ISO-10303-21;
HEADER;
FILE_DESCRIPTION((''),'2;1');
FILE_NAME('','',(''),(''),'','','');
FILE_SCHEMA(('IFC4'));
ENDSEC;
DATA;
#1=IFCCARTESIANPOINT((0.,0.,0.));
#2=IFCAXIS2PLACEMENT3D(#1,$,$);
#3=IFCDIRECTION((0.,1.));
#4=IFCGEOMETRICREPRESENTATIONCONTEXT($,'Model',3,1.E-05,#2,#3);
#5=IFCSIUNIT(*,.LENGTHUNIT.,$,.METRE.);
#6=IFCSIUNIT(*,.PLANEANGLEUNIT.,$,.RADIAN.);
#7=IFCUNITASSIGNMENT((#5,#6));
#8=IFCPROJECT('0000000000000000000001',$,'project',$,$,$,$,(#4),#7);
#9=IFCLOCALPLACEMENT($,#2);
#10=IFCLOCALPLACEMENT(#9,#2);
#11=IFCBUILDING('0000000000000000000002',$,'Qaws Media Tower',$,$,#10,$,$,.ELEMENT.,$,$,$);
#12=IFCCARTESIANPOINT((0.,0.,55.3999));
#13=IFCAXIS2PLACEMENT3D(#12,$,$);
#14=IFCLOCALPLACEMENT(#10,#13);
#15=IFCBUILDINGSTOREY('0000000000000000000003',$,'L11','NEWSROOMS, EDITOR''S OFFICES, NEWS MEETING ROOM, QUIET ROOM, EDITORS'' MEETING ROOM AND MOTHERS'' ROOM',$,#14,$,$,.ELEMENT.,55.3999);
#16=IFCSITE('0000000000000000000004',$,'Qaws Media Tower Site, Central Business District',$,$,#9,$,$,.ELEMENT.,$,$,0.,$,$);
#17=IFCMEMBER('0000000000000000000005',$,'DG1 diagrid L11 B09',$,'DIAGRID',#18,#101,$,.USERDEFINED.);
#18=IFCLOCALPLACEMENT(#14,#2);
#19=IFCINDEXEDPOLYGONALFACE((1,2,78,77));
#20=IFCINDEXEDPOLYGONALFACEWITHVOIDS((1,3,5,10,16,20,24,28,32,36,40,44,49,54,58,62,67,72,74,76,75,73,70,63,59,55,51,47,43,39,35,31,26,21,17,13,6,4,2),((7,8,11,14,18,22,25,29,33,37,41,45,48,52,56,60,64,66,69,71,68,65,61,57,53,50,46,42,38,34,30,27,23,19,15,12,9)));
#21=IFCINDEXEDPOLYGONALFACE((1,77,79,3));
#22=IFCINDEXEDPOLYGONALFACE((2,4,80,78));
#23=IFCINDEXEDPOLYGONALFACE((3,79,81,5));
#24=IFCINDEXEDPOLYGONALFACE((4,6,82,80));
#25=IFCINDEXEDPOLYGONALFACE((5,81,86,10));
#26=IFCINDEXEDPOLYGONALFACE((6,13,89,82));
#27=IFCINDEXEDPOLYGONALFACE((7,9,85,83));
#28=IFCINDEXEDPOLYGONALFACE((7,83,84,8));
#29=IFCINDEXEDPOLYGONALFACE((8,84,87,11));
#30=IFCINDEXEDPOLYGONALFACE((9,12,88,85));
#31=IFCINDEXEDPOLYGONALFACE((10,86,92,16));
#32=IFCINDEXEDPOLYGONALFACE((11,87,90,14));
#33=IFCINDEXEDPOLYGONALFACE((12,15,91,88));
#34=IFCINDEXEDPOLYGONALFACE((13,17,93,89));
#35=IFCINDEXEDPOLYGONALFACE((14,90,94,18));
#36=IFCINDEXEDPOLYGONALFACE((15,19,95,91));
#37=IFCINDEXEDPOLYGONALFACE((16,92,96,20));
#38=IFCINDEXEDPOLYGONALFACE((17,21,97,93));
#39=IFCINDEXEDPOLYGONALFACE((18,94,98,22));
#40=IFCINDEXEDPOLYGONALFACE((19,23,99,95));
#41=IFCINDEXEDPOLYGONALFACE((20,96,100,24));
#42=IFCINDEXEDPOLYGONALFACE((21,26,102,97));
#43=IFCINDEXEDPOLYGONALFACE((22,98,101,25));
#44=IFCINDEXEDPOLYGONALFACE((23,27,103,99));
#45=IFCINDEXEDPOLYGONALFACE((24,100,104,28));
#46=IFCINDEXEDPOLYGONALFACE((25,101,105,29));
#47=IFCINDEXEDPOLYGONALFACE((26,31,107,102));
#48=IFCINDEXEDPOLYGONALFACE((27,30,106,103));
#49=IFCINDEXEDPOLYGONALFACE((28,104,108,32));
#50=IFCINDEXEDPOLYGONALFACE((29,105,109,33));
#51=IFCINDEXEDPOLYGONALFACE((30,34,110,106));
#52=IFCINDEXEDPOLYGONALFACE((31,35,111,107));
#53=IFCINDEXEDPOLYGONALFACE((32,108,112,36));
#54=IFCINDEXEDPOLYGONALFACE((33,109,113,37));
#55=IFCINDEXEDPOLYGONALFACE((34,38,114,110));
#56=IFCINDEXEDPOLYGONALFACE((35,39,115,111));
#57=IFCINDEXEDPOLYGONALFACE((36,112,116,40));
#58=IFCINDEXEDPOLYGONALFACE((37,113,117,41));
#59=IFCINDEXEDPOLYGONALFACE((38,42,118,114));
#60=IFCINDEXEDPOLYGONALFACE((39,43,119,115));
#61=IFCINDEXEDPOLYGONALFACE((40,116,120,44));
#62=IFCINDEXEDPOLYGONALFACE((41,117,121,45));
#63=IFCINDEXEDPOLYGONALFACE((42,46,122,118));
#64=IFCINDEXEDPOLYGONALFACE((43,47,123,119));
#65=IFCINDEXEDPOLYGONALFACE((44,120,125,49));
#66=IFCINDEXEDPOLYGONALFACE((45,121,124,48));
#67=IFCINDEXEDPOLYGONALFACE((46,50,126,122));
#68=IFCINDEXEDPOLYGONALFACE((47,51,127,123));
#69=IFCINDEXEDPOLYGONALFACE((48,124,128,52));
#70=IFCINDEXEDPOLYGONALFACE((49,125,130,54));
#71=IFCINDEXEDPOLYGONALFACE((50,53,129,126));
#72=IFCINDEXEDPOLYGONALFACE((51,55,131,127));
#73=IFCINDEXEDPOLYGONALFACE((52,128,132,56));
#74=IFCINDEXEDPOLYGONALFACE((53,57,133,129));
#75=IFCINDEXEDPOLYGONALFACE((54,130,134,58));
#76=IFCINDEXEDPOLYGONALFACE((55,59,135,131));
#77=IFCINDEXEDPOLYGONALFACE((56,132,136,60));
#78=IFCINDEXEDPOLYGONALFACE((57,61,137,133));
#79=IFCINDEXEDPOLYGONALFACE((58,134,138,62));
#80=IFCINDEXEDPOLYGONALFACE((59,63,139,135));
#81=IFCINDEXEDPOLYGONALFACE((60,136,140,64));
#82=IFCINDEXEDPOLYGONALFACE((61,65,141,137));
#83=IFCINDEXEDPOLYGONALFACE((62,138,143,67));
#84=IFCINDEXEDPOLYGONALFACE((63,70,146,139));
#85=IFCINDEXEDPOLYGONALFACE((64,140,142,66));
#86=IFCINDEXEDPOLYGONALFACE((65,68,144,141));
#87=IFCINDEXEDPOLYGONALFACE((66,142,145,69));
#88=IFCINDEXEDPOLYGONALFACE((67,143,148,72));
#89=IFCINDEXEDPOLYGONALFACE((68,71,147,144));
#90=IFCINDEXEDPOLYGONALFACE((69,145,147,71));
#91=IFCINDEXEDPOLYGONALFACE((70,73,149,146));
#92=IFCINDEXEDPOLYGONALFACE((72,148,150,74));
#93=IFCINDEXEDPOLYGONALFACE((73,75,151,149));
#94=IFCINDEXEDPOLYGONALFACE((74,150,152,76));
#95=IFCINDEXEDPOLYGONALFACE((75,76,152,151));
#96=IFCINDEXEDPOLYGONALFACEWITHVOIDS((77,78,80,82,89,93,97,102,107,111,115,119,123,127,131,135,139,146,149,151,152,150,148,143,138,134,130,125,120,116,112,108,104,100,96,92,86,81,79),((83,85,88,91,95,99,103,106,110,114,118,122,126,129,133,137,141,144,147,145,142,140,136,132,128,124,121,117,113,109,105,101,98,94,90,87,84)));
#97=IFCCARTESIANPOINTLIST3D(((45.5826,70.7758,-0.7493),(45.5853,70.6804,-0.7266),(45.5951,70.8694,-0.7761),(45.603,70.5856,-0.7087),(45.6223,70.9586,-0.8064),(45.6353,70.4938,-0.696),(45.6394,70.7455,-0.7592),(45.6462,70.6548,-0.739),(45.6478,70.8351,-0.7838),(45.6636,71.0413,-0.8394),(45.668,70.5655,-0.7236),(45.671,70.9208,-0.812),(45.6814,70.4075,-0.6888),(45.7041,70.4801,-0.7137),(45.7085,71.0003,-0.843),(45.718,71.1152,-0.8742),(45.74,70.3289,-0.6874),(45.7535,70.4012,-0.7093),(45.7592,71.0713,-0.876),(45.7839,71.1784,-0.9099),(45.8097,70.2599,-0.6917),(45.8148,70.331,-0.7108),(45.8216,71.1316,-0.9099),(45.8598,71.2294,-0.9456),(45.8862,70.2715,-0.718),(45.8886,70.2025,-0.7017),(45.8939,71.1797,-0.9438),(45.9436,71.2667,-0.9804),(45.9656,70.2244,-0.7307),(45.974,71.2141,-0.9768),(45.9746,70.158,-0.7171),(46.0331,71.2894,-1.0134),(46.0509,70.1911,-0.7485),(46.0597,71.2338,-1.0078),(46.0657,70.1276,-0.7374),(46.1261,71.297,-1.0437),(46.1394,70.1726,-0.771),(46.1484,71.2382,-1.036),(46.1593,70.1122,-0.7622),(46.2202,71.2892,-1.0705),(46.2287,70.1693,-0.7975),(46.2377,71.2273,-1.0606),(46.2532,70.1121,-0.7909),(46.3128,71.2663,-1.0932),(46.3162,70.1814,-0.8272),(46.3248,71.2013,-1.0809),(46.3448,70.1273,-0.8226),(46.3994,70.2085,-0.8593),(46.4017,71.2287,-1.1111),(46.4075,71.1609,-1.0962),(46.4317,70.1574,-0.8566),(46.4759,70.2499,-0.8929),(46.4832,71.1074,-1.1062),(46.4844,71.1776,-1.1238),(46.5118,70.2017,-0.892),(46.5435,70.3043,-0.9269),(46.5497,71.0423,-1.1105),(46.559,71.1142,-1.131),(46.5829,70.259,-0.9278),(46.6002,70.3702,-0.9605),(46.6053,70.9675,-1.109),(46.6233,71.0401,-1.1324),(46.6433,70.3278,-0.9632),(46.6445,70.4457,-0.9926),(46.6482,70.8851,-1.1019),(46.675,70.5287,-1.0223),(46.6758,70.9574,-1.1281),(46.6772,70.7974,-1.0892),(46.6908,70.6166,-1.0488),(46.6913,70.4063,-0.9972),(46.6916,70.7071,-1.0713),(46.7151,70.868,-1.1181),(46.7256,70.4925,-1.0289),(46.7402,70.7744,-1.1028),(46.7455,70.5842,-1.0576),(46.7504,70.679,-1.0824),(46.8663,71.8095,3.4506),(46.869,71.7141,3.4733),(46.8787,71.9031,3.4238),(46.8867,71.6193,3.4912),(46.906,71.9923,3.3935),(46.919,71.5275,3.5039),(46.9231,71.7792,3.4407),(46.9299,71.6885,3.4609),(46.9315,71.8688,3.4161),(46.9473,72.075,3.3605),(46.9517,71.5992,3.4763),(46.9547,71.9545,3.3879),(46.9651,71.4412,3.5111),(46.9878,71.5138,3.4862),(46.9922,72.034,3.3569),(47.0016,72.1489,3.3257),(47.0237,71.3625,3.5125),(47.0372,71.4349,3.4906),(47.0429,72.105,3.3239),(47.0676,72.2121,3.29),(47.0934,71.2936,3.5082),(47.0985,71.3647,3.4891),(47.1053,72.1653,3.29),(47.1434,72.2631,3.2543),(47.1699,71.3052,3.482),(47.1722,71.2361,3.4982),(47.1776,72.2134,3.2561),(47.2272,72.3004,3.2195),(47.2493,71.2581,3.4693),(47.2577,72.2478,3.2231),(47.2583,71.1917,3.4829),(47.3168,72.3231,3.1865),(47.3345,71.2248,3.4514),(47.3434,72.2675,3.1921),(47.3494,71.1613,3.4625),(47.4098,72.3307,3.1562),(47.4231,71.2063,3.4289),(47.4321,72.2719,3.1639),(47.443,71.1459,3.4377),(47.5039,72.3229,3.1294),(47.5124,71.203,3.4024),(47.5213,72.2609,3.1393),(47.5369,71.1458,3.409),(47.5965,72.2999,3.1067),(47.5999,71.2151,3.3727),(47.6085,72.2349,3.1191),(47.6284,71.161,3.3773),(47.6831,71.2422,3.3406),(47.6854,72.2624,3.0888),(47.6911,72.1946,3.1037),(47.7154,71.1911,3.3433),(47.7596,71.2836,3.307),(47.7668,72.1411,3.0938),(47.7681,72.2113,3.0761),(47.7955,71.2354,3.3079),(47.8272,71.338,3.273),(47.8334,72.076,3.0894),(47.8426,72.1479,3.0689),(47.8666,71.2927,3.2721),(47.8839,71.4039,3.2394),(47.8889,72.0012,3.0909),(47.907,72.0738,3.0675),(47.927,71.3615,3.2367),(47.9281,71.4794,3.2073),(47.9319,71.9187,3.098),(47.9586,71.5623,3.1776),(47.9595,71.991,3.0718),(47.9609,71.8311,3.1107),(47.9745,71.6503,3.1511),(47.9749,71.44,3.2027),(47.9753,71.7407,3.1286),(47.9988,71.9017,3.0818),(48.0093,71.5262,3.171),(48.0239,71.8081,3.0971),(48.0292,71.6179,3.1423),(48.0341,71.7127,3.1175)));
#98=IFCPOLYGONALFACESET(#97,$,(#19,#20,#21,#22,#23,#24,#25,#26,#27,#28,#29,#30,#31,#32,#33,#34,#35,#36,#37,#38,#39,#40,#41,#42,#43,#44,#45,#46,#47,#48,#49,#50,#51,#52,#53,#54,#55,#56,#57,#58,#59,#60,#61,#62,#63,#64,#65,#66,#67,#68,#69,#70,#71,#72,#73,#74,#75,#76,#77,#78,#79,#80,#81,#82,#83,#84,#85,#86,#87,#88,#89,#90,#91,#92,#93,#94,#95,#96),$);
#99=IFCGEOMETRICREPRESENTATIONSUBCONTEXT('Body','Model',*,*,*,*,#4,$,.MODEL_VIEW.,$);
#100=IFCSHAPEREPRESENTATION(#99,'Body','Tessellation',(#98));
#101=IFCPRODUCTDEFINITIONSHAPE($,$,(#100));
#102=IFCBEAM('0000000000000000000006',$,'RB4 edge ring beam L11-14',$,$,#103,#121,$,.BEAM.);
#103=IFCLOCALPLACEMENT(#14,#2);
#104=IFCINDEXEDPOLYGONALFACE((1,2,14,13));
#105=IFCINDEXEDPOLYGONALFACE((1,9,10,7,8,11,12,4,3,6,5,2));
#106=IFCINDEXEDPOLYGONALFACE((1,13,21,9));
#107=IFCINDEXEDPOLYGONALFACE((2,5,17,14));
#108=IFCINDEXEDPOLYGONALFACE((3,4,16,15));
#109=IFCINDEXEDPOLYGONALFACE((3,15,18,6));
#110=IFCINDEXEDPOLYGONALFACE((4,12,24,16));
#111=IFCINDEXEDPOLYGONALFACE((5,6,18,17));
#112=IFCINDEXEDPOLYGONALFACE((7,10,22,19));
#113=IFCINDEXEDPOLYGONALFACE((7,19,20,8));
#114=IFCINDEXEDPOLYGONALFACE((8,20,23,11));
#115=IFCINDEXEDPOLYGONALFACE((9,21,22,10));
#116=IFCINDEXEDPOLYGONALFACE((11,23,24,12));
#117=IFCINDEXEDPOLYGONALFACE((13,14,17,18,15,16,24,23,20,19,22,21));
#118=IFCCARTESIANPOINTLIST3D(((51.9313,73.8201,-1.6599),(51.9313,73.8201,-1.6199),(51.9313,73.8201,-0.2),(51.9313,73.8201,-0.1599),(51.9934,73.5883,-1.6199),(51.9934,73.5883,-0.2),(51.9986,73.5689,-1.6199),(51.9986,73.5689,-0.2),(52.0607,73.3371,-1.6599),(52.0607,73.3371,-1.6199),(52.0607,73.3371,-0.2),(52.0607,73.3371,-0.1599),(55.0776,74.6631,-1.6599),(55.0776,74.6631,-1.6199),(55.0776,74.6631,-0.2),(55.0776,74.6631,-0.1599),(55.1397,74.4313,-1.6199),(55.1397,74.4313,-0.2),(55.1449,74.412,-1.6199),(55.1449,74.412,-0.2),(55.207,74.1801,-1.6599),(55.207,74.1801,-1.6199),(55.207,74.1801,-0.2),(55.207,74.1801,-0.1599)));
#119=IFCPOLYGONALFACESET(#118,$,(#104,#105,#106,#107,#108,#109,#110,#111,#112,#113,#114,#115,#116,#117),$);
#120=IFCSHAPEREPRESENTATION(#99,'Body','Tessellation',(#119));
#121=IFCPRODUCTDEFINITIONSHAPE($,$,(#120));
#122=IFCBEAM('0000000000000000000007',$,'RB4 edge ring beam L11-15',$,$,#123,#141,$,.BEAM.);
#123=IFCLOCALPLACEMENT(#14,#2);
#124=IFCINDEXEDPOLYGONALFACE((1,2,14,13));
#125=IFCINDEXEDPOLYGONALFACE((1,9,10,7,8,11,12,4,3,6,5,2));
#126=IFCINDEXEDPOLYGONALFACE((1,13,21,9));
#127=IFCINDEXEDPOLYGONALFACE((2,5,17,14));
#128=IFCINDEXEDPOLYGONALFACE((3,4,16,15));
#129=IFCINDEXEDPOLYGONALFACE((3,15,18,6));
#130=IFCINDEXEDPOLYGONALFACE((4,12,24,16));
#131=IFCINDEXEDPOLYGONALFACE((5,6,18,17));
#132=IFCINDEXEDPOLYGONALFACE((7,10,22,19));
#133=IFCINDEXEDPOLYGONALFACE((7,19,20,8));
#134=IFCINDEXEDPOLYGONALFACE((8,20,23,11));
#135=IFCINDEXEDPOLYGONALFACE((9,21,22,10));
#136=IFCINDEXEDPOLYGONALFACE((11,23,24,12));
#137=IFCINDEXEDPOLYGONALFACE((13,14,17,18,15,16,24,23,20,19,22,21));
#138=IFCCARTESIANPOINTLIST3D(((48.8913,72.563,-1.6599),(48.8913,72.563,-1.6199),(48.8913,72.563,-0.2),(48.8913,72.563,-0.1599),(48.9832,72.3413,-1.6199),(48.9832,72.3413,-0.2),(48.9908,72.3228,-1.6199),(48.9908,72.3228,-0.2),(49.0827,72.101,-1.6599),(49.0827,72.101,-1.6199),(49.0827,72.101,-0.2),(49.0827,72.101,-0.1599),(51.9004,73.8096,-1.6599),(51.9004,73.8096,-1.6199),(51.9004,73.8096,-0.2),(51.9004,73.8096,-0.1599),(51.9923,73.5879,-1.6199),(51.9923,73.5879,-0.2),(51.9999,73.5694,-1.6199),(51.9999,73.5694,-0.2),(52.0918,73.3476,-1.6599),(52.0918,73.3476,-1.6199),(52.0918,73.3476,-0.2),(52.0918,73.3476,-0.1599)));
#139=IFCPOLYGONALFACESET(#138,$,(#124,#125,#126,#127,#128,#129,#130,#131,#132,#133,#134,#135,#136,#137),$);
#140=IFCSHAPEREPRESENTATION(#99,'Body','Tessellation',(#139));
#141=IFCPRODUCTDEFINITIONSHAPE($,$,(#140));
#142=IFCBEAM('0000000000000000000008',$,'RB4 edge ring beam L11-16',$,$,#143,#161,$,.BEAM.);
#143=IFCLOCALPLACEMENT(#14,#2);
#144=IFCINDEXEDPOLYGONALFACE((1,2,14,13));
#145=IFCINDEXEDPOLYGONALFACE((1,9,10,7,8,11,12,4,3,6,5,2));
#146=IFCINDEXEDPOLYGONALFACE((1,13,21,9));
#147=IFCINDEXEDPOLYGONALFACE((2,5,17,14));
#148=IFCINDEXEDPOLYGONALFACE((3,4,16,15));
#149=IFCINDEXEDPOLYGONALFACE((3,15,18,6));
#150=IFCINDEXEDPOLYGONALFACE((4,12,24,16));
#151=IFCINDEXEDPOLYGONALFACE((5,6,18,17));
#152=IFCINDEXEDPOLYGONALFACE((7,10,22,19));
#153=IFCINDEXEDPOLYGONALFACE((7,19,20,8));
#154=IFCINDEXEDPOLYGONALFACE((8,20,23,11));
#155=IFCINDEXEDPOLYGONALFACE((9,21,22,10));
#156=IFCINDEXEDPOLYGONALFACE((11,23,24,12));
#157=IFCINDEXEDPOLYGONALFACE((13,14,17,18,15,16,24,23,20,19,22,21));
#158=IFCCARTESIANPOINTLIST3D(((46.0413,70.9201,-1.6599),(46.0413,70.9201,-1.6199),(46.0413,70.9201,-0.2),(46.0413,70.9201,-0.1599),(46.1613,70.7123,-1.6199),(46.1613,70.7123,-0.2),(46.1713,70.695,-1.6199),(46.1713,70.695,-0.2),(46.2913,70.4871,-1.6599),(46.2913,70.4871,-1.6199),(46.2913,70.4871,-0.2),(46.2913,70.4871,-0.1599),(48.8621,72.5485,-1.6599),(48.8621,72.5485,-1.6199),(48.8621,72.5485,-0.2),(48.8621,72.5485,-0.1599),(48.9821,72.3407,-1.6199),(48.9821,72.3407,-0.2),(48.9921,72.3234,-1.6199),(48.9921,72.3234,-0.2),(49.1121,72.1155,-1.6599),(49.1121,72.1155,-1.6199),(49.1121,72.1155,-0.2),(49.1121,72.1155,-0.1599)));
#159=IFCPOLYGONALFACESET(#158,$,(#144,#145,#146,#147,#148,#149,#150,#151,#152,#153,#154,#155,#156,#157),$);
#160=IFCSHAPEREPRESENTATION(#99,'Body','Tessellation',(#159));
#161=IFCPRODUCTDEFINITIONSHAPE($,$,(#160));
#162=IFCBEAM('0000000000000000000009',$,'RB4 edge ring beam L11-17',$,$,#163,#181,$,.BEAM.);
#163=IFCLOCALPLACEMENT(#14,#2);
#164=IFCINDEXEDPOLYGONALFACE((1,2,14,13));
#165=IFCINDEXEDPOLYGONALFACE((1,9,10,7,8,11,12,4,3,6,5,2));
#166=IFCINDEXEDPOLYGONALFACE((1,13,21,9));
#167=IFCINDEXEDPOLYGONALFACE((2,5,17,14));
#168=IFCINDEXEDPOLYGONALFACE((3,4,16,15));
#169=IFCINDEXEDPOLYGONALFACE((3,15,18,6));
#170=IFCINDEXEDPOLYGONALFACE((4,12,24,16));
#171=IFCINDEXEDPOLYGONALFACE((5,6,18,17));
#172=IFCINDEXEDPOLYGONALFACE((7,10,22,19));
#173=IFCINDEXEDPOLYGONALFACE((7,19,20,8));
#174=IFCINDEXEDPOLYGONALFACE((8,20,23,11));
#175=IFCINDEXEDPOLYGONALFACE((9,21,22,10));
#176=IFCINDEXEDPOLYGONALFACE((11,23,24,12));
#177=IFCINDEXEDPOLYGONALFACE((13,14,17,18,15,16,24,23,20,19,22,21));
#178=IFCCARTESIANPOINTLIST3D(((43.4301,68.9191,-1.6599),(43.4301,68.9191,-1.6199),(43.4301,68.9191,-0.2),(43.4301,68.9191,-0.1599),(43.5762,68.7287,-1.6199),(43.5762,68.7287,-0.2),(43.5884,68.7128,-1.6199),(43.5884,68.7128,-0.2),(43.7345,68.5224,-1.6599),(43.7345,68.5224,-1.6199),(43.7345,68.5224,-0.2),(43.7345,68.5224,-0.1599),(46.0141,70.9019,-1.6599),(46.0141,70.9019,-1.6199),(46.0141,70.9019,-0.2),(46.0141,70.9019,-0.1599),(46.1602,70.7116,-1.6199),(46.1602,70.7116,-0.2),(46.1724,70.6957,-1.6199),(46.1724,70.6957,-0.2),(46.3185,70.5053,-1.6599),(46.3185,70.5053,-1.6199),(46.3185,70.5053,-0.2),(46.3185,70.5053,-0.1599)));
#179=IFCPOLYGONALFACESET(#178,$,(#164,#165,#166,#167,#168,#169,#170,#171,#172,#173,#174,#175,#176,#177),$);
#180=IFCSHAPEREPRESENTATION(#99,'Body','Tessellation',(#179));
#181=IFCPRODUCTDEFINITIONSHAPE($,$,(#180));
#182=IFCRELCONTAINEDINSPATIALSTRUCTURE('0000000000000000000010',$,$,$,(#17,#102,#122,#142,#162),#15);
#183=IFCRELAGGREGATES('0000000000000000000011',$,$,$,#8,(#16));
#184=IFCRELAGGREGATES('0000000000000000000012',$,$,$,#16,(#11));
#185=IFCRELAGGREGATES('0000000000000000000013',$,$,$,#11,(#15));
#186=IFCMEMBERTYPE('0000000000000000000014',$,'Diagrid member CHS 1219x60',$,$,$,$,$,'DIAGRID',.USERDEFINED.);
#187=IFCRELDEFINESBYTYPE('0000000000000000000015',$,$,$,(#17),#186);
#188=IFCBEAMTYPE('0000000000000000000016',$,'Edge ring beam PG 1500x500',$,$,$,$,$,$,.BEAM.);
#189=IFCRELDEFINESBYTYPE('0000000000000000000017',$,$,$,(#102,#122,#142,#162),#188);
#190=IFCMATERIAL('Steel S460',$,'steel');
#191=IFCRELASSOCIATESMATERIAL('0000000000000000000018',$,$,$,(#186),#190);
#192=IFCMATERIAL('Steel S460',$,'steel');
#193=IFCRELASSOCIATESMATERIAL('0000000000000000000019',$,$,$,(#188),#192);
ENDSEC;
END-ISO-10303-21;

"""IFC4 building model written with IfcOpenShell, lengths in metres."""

from ifc_helpers import new_model, si_unit, direction, frame, origin, origin_2d, place, context, subcontext, project, spatial, hollow_circle, i_section, extrude, material, material_profile, profile_set, type_object, element, save


model = new_model("IFC4")

# Units and contexts
model_context = context("Model", 3, precision=1e-05, world=origin(), true_north=direction((0.0, 1.0)))
body_context = subcontext(model_context, "Body", "Model", "MODEL_VIEW")
ifc_project = project(units=[si_unit("LENGTHUNIT", "METRE"), si_unit("PLANEANGLEUNIT", "RADIAN")], contexts=[model_context])

# Site, building, storey
site_placement = place(None, origin())
site = spatial("IfcSite", under=ifc_project, at=site_placement, Name="Qaws Media Tower Site, Central Business District", CompositionType="ELEMENT", RefElevation=0.0)
building_placement = place(site_placement, origin())
building = spatial("IfcBuilding", under=site, at=building_placement, Name="Qaws Media Tower", CompositionType="ELEMENT")
storey_placement = place(building_placement, frame((0.0, 0.0, 55.3999)))
storey = spatial("IfcBuildingStorey", under=building, at=storey_placement, Name="L11", Description="NEWSROOMS, EDITOR'S OFFICES, NEWS MEETING ROOM, QUIET ROOM, EDITORS' MEETING ROOM AND MOTHERS' ROOM", CompositionType="ELEMENT", Elevation=55.3999)

# Member
ifc_material_1 = material(Name="Steel S460", Category="steel")
ifc_material_profile_1 = material_profile(ifc_material_1, hollow_circle(Radius=0.6096, WallThickness=0.0601, at=origin_2d()), Name="CHS 1219x60")
ifc_profile_set_1 = profile_set([ifc_material_profile_1], Name="Steel S460")
member_type_1 = type_object("IfcMemberType", Name="Diagrid member CHS 1219x60", ElementType="DIAGRID", PredefinedType="USERDEFINED", material=ifc_profile_set_1)
for number, where, z_axis, x_axis, name in (
    (1, (46.1663, 70.7036, -0.9099), (0.284521, 0.22911, 0.93089), (-0.627185, 0.77887, 0.0), "DG1 diagrid L11 B09"),
):
    element("IfcMember", number, at=place(storey_placement, frame(where, z_axis=z_axis, x_axis=x_axis)), inside=storey, type_object=member_type_1, Name=name, ObjectType="DIAGRID", PredefinedType="USERDEFINED", context=body_context, shape_type="SweptSolid", body=[
        extrude(hollow_circle(Radius=0.6096, WallThickness=0.0601, at=origin_2d()), origin(), (0.0, 0.0, 1.0), 4.5117),
    ])

# Beams
ifc_material_2 = material(Name="Steel S460", Category="steel")
ifc_material_profile_2 = material_profile(ifc_material_2, i_section(OverallWidth=0.5, OverallDepth=1.5, WebThickness=0.02, FlangeThickness=0.04, at=origin_2d()), Name="PG 1500x500")
ifc_profile_set_2 = profile_set([ifc_material_profile_2], Name="Steel S460")
beam_type_1 = type_object("IfcBeamType", Name="Edge ring beam PG 1500x500", PredefinedType="BEAM", material=ifc_profile_set_2)
beam_1_placement = place(storey_placement, frame((55.1423, 74.4216, -0.9099), z_axis=(-0.965927, -0.258815, 0.0), x_axis=(0.258815, -0.965927, 0.0)))
element("IfcBeam", 2, at=beam_1_placement, inside=storey, type_object=beam_type_1, Name="RB4 edge ring beam L11-14", PredefinedType="BEAM", context=body_context, shape_type="SweptSolid", body=[
    extrude(i_section(OverallWidth=0.5, OverallDepth=1.5, WebThickness=0.02, FlangeThickness=0.04, at=origin_2d()), origin(), (0.0, 0.0, 1.0), 3.2573),
])
for number, where, z_axis, x_axis, name in (
    (3, (51.9961, 73.5786, -0.9099), (-0.923858, -0.382736, 0.0), (0.382736, -0.923858, 0.0), "RB4 edge ring beam L11-15"),
    (4, (48.9871, 72.332, -0.9099), (-0.866048, -0.49996, 0.0), (0.49996, -0.866048, 0.0), "RB4 edge ring beam L11-16"),
    (5, (46.1663, 70.7036, -0.9099), (-0.793331, -0.60879, 0.0), (0.60879, -0.793331, 0.0), "RB4 edge ring beam L11-17"),
):
    element("IfcBeam", number, at=place(storey_placement, frame(where, z_axis=z_axis, x_axis=x_axis)), inside=storey, type_object=beam_type_1, Name=name, PredefinedType="BEAM", context=body_context, shape_type="SweptSolid", body=[
        extrude(i_section(OverallWidth=0.5, OverallDepth=1.5, WebThickness=0.02, FlangeThickness=0.04, at=origin_2d()), origin(), (0.0, 0.0, 1.0), 3.2571),
    ])

save(model, "model.ifc")
